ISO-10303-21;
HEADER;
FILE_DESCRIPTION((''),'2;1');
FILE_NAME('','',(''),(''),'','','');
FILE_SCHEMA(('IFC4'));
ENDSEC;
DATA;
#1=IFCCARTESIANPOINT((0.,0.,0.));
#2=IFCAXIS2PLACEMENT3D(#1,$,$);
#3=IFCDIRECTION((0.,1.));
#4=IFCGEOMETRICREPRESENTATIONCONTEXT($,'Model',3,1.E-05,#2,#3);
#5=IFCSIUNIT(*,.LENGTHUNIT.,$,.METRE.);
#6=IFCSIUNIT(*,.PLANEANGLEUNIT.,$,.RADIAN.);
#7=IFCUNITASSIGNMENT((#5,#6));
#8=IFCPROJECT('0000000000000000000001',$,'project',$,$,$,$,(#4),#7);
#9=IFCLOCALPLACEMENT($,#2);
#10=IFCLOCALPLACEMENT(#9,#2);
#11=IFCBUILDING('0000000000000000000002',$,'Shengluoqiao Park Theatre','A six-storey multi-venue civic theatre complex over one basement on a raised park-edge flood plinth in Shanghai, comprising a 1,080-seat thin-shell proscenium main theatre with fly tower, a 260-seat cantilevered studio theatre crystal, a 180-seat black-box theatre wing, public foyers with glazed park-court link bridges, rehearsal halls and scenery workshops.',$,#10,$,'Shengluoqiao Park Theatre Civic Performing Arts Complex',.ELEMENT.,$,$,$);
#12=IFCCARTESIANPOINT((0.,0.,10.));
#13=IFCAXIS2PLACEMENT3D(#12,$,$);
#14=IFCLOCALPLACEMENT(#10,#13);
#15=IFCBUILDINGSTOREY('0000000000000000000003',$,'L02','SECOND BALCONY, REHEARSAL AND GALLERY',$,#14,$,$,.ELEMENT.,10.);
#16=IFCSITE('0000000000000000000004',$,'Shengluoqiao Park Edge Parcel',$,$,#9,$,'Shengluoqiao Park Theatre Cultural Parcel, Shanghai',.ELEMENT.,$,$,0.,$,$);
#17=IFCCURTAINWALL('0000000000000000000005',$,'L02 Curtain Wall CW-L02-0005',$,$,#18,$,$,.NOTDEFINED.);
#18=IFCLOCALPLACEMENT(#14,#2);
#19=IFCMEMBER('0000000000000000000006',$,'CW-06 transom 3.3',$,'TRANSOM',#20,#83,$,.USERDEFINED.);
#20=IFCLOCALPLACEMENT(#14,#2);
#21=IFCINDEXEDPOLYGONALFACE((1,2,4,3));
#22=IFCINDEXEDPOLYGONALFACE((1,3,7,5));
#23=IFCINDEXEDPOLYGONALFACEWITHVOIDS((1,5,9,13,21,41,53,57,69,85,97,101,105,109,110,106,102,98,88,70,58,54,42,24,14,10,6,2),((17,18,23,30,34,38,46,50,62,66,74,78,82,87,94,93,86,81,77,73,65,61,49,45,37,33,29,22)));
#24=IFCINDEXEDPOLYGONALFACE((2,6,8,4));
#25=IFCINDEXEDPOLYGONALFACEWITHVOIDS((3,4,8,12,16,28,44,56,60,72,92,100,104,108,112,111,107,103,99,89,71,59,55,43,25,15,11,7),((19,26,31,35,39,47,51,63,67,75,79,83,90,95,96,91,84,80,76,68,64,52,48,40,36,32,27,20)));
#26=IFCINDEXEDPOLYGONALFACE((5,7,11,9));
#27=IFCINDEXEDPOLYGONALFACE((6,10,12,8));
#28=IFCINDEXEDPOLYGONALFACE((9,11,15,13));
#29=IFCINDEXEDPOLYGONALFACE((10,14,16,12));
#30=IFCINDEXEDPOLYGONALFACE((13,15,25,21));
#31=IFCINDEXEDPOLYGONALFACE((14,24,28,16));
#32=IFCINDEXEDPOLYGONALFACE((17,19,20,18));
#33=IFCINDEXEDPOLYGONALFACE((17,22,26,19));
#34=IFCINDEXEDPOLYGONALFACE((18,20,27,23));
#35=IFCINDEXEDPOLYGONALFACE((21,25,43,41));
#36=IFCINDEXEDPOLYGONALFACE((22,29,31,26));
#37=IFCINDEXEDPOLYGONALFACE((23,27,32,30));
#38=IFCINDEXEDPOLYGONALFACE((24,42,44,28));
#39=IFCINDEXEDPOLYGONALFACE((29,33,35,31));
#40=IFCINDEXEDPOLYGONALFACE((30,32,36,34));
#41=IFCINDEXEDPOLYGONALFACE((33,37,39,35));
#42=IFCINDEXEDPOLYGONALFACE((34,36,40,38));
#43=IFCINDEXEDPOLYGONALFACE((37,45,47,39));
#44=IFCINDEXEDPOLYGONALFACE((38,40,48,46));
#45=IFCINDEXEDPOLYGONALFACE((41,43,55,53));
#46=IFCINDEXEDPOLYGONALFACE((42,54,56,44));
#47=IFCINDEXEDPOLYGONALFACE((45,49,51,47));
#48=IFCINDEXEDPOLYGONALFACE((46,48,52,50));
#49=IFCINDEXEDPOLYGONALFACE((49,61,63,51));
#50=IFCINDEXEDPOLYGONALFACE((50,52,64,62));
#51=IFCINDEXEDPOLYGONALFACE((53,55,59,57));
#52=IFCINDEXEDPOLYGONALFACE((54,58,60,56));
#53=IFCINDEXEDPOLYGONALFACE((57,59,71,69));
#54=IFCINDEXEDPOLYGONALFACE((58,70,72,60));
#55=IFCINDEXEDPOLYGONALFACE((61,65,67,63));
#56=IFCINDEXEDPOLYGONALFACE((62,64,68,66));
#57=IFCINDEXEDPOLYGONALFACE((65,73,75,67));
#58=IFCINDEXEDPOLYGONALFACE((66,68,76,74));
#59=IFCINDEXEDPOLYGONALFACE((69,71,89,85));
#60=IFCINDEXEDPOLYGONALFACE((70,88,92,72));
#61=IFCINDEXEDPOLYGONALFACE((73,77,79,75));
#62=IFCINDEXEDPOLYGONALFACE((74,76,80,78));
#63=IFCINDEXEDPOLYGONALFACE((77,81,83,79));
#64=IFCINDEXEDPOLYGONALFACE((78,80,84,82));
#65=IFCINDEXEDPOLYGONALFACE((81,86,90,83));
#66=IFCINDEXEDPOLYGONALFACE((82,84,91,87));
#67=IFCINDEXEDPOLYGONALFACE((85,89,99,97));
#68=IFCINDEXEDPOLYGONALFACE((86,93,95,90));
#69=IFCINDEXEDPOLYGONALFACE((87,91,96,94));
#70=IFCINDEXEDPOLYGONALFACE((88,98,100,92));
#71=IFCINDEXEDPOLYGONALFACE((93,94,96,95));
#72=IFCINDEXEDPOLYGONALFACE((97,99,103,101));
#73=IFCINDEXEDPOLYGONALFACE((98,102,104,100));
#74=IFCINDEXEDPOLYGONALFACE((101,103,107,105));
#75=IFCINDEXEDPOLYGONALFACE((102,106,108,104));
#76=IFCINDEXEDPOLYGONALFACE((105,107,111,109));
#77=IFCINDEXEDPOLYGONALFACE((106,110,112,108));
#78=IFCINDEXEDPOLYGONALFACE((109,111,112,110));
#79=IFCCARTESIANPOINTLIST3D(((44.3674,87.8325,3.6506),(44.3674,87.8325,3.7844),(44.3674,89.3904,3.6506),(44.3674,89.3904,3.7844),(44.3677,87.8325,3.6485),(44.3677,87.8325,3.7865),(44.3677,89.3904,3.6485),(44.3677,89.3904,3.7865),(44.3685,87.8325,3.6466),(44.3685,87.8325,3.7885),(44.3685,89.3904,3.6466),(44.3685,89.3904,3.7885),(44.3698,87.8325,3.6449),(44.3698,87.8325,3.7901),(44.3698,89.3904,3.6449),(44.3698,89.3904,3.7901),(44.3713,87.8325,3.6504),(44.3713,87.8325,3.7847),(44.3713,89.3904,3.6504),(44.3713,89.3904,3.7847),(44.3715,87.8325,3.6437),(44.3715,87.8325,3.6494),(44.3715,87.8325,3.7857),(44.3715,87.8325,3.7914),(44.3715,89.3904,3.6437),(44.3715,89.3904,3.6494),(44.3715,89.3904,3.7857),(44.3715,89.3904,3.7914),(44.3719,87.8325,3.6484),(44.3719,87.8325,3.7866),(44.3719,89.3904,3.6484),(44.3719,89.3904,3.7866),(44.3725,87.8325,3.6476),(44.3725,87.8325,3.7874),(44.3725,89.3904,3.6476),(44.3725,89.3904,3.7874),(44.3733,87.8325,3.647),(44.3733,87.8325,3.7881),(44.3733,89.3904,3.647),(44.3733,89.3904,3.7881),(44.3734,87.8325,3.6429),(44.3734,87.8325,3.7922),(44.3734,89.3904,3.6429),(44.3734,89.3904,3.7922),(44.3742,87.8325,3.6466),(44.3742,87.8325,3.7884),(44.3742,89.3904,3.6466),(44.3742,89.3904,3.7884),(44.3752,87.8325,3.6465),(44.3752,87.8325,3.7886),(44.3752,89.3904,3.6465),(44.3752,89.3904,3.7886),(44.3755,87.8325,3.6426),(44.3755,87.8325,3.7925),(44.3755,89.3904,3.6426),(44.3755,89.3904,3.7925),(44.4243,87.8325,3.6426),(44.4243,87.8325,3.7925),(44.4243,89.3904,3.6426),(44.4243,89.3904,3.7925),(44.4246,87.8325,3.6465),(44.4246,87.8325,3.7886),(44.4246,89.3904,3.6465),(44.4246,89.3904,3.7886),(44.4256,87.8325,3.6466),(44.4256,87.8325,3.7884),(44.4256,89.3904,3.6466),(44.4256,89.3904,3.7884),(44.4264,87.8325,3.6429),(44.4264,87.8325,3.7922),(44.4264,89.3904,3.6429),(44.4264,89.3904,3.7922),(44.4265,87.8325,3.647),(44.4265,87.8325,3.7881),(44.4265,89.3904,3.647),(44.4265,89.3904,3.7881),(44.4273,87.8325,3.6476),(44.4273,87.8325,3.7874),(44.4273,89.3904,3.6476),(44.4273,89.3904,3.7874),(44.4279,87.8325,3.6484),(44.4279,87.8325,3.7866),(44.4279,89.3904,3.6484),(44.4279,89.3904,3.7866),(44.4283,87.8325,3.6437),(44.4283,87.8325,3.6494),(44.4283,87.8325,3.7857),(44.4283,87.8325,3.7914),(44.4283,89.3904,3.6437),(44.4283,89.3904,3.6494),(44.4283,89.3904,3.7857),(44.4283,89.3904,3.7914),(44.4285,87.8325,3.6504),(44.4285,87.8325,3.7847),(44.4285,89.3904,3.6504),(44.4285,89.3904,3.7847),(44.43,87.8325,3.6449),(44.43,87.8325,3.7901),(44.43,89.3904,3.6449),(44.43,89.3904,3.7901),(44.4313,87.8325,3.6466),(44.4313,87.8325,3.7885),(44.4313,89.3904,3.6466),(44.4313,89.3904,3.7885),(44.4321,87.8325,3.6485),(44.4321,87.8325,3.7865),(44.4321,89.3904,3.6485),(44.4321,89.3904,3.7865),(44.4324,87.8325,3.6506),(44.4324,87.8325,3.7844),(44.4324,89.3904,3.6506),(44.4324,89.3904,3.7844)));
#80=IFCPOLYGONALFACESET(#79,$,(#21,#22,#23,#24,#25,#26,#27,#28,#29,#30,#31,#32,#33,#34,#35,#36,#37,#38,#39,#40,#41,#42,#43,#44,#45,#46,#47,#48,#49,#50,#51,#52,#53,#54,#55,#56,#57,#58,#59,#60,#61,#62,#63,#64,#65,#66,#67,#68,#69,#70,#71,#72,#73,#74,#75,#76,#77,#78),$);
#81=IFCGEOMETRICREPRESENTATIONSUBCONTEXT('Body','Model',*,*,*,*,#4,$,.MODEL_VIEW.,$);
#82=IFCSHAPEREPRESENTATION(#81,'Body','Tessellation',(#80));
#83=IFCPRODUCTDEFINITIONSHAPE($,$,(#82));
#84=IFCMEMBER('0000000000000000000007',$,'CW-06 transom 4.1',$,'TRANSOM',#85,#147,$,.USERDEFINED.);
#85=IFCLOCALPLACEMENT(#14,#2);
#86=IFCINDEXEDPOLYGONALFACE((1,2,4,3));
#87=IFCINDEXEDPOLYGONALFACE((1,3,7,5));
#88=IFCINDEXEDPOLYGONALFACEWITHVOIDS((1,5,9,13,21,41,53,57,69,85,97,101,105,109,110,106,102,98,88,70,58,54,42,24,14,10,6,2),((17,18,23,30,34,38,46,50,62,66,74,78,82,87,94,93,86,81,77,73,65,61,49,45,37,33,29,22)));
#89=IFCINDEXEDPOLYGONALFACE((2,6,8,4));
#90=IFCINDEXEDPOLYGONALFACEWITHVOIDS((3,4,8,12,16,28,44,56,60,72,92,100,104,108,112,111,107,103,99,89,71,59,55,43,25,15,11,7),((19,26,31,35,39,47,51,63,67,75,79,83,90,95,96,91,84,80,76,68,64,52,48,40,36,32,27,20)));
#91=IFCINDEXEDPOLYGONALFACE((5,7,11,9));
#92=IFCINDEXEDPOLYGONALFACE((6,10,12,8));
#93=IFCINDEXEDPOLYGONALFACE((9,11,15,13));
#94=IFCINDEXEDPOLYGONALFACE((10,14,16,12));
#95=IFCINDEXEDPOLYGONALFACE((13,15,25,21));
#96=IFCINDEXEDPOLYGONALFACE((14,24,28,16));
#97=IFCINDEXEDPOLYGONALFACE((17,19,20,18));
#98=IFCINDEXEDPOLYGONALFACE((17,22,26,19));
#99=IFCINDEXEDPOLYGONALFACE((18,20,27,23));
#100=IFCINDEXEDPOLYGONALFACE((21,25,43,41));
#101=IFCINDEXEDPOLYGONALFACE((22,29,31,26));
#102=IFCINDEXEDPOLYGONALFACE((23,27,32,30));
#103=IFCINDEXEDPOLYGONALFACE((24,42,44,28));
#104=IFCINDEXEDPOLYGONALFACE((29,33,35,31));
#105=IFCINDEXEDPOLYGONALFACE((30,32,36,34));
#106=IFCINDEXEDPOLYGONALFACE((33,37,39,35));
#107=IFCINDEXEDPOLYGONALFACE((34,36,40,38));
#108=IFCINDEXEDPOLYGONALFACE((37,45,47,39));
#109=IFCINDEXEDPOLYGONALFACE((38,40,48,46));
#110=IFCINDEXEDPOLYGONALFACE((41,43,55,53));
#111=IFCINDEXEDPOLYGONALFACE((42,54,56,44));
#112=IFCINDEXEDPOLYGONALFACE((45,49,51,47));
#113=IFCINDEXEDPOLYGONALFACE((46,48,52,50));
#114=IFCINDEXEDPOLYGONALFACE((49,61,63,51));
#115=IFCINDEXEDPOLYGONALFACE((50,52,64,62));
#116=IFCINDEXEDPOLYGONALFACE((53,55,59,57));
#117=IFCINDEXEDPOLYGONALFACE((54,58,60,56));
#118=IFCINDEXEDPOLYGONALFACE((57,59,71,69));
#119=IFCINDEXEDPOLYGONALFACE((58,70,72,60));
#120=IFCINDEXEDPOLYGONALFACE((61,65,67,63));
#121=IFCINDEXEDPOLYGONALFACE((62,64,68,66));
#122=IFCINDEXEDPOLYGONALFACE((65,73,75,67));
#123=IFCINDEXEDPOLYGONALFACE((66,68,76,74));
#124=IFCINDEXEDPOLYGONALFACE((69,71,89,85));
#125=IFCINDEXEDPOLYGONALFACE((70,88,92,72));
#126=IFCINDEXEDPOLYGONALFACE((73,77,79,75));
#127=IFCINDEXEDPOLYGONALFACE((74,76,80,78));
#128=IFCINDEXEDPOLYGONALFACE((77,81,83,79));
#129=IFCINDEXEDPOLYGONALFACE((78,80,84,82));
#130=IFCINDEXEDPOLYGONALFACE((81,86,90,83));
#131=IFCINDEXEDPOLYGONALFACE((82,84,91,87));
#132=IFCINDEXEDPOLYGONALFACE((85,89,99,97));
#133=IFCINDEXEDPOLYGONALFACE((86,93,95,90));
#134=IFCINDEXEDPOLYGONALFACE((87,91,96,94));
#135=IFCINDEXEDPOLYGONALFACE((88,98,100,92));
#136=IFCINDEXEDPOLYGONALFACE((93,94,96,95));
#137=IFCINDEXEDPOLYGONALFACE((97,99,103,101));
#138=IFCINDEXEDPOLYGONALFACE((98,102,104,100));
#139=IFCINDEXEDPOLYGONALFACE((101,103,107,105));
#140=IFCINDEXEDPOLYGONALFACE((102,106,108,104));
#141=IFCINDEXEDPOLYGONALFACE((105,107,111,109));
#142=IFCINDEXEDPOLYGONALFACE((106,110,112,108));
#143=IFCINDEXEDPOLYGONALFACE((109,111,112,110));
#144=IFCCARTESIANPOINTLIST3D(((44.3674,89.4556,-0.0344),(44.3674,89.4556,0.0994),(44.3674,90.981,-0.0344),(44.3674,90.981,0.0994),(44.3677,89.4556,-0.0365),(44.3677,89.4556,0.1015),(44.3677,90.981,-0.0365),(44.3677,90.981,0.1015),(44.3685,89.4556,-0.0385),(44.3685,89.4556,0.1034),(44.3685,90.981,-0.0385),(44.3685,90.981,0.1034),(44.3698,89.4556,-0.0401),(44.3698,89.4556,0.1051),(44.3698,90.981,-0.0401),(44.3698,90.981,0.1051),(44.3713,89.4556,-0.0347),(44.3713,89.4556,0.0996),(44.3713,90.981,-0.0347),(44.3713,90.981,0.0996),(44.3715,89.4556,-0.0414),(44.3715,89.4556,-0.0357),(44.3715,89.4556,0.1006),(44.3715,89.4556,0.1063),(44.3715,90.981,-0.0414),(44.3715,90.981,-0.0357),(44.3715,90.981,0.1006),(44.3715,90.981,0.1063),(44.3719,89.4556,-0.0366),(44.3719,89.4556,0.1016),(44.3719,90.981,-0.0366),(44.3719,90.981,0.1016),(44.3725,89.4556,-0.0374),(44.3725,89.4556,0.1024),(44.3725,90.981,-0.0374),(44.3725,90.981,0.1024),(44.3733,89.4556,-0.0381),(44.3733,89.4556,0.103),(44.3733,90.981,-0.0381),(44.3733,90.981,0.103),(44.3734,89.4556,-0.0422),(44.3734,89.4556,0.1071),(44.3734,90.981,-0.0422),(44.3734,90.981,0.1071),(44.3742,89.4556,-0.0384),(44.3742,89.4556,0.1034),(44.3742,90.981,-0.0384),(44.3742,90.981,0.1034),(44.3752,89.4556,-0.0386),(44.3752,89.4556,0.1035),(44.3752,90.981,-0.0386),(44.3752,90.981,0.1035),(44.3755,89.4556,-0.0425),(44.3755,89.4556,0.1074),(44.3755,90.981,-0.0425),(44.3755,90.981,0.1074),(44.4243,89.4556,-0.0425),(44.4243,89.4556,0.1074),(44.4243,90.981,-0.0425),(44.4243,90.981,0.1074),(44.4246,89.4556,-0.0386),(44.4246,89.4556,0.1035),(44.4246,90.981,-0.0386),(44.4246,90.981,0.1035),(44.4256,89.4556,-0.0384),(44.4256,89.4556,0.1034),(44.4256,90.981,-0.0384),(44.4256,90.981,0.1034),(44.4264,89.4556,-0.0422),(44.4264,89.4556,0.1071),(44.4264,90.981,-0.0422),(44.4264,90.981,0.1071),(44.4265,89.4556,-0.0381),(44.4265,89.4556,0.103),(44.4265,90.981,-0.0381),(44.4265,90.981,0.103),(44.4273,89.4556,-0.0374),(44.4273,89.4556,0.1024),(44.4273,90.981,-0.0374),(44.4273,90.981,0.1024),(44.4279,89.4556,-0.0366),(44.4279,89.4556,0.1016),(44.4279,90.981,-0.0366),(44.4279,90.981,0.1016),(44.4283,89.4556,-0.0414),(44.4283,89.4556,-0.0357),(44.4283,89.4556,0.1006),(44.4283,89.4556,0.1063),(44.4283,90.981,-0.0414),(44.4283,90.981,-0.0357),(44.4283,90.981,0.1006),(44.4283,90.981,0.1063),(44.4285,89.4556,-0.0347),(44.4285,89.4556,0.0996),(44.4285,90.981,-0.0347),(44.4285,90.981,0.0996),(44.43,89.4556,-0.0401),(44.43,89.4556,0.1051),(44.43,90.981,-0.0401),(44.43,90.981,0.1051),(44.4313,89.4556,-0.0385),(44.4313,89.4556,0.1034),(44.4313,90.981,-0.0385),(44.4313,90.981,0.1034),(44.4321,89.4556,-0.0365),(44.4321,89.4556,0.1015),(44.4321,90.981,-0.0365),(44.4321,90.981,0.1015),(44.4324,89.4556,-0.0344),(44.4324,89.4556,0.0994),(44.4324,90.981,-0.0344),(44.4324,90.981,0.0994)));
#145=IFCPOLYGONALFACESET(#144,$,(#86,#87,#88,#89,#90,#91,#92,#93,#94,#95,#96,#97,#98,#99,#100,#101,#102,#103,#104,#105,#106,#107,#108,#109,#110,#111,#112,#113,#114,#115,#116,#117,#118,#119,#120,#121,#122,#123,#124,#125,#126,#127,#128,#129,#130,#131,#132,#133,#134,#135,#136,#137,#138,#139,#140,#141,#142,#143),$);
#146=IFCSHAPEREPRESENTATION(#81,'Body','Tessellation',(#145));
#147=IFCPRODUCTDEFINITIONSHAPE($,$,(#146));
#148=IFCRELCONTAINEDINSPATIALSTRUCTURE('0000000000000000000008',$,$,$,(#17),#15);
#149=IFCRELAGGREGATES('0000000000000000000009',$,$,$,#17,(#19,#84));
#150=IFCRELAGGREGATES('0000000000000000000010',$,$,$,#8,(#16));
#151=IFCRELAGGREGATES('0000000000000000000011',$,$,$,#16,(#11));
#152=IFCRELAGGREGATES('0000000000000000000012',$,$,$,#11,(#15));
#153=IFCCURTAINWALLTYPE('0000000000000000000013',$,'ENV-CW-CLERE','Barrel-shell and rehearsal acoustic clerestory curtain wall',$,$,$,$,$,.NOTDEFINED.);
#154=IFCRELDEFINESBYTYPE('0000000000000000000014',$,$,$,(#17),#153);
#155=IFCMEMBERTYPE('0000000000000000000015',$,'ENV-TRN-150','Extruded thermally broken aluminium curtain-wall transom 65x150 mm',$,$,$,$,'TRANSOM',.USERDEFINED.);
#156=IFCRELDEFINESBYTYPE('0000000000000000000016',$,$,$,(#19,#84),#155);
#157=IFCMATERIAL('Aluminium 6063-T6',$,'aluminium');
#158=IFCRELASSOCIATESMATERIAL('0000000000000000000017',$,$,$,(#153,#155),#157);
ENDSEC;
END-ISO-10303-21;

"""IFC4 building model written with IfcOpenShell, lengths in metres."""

from ifc_helpers import new_model, si_unit, direction, frame, origin, origin_2d, place, context, subcontext, project, spatial, hollow_rectangle, extrude, material, material_profile, profile_set, type_object, element, aggregate, save


model = new_model("IFC4")

# Units and contexts
model_context = context("Model", 3, precision=1e-05, world=origin(), true_north=direction((0.0, 1.0)))
body_context = subcontext(model_context, "Body", "Model", "MODEL_VIEW")
ifc_project = project(units=[si_unit("LENGTHUNIT", "METRE"), si_unit("PLANEANGLEUNIT", "RADIAN")], contexts=[model_context])

# Site, building, storey
site_placement = place(None, origin())
site = spatial("IfcSite", under=ifc_project, at=site_placement, Name="Shengluoqiao Park Edge Parcel", LongName="Shengluoqiao Park Theatre Cultural Parcel, Shanghai", CompositionType="ELEMENT", RefElevation=0.0)
building_placement = place(site_placement, origin())
building = spatial("IfcBuilding", under=site, at=building_placement, Name="Shengluoqiao Park Theatre", Description="A six-storey multi-venue civic theatre complex over one basement on a raised park-edge flood plinth in Shanghai, comprising a 1,080-seat thin-shell proscenium main theatre with fly tower, a 260-seat cantilevered studio theatre crystal, a 180-seat black-box theatre wing, public foyers with glazed park-court link bridges, rehearsal halls and scenery workshops.", LongName="Shengluoqiao Park Theatre Civic Performing Arts Complex", CompositionType="ELEMENT")
storey_placement = place(building_placement, frame((0.0, 0.0, 10.0)))
storey = spatial("IfcBuildingStorey", under=building, at=storey_placement, Name="L02", Description="SECOND BALCONY, REHEARSAL AND GALLERY", CompositionType="ELEMENT", Elevation=10.0)

# Curtain wall
ifc_material_1 = material(Name="Aluminium 6063-T6", Category="aluminium")
curtain_wall_type = type_object("IfcCurtainWallType", Name="ENV-CW-CLERE", Description="Barrel-shell and rehearsal acoustic clerestory curtain wall", PredefinedType="NOTDEFINED", material=ifc_material_1)
curtain_wall_1_placement = place(storey_placement, origin())
curtain_wall_1 = element("IfcCurtainWall", 1, at=curtain_wall_1_placement, inside=storey, type_object=curtain_wall_type, Name="L02 Curtain Wall CW-L02-0005", PredefinedType="NOTDEFINED")

# Members
ifc_material_profile_1 = material_profile(ifc_material_1, hollow_rectangle(XDim=0.0649, YDim=0.1499, WallThickness=0.0039, InnerFilletRadius=0.0039, OuterFilletRadius=0.0081, at=origin_2d()), Name="ALU TRANSOM 150x65x4")
ifc_profile_set_1 = profile_set([ifc_material_profile_1], Name="Aluminium 6063-T6")
member_type_1 = type_object("IfcMemberType", Name="ENV-TRN-150", Description="Extruded thermally broken aluminium curtain-wall transom 65x150 mm", ElementType="TRANSOM", PredefinedType="USERDEFINED", material=ifc_profile_set_1)
member_1_placement = place(storey_placement, frame((44.3999, 87.8325, 3.7175), z_axis=(0.0, 1.0, 0.0), x_axis=(-1.0, 0.0, 0.0)))
member_1 = element("IfcMember", 2, at=member_1_placement, type_object=member_type_1, Name="CW-06 transom 3.3", ObjectType="TRANSOM", PredefinedType="USERDEFINED", context=body_context, shape_type="SweptSolid", body=[
    extrude(hollow_rectangle(XDim=0.0649, YDim=0.1499, WallThickness=0.0039, InnerFilletRadius=0.0039, OuterFilletRadius=0.0081, at=origin_2d()), origin(), (0.0, 0.0, 1.0), 1.5579),
])
member_2_placement = place(storey_placement, frame((44.3999, 89.4556, 0.0325), z_axis=(0.0, 1.0, 0.0), x_axis=(-1.0, 0.0, 0.0)))
member_2 = element("IfcMember", 3, at=member_2_placement, type_object=member_type_1, Name="CW-06 transom 4.1", ObjectType="TRANSOM", PredefinedType="USERDEFINED", context=body_context, shape_type="SweptSolid", body=[
    extrude(hollow_rectangle(XDim=0.0649, YDim=0.1499, WallThickness=0.0039, InnerFilletRadius=0.0039, OuterFilletRadius=0.0081, at=origin_2d()), origin(), (0.0, 0.0, 1.0), 1.5254),
])

aggregate(curtain_wall_1, [member_1, member_2])

save(model, "model.ifc")
